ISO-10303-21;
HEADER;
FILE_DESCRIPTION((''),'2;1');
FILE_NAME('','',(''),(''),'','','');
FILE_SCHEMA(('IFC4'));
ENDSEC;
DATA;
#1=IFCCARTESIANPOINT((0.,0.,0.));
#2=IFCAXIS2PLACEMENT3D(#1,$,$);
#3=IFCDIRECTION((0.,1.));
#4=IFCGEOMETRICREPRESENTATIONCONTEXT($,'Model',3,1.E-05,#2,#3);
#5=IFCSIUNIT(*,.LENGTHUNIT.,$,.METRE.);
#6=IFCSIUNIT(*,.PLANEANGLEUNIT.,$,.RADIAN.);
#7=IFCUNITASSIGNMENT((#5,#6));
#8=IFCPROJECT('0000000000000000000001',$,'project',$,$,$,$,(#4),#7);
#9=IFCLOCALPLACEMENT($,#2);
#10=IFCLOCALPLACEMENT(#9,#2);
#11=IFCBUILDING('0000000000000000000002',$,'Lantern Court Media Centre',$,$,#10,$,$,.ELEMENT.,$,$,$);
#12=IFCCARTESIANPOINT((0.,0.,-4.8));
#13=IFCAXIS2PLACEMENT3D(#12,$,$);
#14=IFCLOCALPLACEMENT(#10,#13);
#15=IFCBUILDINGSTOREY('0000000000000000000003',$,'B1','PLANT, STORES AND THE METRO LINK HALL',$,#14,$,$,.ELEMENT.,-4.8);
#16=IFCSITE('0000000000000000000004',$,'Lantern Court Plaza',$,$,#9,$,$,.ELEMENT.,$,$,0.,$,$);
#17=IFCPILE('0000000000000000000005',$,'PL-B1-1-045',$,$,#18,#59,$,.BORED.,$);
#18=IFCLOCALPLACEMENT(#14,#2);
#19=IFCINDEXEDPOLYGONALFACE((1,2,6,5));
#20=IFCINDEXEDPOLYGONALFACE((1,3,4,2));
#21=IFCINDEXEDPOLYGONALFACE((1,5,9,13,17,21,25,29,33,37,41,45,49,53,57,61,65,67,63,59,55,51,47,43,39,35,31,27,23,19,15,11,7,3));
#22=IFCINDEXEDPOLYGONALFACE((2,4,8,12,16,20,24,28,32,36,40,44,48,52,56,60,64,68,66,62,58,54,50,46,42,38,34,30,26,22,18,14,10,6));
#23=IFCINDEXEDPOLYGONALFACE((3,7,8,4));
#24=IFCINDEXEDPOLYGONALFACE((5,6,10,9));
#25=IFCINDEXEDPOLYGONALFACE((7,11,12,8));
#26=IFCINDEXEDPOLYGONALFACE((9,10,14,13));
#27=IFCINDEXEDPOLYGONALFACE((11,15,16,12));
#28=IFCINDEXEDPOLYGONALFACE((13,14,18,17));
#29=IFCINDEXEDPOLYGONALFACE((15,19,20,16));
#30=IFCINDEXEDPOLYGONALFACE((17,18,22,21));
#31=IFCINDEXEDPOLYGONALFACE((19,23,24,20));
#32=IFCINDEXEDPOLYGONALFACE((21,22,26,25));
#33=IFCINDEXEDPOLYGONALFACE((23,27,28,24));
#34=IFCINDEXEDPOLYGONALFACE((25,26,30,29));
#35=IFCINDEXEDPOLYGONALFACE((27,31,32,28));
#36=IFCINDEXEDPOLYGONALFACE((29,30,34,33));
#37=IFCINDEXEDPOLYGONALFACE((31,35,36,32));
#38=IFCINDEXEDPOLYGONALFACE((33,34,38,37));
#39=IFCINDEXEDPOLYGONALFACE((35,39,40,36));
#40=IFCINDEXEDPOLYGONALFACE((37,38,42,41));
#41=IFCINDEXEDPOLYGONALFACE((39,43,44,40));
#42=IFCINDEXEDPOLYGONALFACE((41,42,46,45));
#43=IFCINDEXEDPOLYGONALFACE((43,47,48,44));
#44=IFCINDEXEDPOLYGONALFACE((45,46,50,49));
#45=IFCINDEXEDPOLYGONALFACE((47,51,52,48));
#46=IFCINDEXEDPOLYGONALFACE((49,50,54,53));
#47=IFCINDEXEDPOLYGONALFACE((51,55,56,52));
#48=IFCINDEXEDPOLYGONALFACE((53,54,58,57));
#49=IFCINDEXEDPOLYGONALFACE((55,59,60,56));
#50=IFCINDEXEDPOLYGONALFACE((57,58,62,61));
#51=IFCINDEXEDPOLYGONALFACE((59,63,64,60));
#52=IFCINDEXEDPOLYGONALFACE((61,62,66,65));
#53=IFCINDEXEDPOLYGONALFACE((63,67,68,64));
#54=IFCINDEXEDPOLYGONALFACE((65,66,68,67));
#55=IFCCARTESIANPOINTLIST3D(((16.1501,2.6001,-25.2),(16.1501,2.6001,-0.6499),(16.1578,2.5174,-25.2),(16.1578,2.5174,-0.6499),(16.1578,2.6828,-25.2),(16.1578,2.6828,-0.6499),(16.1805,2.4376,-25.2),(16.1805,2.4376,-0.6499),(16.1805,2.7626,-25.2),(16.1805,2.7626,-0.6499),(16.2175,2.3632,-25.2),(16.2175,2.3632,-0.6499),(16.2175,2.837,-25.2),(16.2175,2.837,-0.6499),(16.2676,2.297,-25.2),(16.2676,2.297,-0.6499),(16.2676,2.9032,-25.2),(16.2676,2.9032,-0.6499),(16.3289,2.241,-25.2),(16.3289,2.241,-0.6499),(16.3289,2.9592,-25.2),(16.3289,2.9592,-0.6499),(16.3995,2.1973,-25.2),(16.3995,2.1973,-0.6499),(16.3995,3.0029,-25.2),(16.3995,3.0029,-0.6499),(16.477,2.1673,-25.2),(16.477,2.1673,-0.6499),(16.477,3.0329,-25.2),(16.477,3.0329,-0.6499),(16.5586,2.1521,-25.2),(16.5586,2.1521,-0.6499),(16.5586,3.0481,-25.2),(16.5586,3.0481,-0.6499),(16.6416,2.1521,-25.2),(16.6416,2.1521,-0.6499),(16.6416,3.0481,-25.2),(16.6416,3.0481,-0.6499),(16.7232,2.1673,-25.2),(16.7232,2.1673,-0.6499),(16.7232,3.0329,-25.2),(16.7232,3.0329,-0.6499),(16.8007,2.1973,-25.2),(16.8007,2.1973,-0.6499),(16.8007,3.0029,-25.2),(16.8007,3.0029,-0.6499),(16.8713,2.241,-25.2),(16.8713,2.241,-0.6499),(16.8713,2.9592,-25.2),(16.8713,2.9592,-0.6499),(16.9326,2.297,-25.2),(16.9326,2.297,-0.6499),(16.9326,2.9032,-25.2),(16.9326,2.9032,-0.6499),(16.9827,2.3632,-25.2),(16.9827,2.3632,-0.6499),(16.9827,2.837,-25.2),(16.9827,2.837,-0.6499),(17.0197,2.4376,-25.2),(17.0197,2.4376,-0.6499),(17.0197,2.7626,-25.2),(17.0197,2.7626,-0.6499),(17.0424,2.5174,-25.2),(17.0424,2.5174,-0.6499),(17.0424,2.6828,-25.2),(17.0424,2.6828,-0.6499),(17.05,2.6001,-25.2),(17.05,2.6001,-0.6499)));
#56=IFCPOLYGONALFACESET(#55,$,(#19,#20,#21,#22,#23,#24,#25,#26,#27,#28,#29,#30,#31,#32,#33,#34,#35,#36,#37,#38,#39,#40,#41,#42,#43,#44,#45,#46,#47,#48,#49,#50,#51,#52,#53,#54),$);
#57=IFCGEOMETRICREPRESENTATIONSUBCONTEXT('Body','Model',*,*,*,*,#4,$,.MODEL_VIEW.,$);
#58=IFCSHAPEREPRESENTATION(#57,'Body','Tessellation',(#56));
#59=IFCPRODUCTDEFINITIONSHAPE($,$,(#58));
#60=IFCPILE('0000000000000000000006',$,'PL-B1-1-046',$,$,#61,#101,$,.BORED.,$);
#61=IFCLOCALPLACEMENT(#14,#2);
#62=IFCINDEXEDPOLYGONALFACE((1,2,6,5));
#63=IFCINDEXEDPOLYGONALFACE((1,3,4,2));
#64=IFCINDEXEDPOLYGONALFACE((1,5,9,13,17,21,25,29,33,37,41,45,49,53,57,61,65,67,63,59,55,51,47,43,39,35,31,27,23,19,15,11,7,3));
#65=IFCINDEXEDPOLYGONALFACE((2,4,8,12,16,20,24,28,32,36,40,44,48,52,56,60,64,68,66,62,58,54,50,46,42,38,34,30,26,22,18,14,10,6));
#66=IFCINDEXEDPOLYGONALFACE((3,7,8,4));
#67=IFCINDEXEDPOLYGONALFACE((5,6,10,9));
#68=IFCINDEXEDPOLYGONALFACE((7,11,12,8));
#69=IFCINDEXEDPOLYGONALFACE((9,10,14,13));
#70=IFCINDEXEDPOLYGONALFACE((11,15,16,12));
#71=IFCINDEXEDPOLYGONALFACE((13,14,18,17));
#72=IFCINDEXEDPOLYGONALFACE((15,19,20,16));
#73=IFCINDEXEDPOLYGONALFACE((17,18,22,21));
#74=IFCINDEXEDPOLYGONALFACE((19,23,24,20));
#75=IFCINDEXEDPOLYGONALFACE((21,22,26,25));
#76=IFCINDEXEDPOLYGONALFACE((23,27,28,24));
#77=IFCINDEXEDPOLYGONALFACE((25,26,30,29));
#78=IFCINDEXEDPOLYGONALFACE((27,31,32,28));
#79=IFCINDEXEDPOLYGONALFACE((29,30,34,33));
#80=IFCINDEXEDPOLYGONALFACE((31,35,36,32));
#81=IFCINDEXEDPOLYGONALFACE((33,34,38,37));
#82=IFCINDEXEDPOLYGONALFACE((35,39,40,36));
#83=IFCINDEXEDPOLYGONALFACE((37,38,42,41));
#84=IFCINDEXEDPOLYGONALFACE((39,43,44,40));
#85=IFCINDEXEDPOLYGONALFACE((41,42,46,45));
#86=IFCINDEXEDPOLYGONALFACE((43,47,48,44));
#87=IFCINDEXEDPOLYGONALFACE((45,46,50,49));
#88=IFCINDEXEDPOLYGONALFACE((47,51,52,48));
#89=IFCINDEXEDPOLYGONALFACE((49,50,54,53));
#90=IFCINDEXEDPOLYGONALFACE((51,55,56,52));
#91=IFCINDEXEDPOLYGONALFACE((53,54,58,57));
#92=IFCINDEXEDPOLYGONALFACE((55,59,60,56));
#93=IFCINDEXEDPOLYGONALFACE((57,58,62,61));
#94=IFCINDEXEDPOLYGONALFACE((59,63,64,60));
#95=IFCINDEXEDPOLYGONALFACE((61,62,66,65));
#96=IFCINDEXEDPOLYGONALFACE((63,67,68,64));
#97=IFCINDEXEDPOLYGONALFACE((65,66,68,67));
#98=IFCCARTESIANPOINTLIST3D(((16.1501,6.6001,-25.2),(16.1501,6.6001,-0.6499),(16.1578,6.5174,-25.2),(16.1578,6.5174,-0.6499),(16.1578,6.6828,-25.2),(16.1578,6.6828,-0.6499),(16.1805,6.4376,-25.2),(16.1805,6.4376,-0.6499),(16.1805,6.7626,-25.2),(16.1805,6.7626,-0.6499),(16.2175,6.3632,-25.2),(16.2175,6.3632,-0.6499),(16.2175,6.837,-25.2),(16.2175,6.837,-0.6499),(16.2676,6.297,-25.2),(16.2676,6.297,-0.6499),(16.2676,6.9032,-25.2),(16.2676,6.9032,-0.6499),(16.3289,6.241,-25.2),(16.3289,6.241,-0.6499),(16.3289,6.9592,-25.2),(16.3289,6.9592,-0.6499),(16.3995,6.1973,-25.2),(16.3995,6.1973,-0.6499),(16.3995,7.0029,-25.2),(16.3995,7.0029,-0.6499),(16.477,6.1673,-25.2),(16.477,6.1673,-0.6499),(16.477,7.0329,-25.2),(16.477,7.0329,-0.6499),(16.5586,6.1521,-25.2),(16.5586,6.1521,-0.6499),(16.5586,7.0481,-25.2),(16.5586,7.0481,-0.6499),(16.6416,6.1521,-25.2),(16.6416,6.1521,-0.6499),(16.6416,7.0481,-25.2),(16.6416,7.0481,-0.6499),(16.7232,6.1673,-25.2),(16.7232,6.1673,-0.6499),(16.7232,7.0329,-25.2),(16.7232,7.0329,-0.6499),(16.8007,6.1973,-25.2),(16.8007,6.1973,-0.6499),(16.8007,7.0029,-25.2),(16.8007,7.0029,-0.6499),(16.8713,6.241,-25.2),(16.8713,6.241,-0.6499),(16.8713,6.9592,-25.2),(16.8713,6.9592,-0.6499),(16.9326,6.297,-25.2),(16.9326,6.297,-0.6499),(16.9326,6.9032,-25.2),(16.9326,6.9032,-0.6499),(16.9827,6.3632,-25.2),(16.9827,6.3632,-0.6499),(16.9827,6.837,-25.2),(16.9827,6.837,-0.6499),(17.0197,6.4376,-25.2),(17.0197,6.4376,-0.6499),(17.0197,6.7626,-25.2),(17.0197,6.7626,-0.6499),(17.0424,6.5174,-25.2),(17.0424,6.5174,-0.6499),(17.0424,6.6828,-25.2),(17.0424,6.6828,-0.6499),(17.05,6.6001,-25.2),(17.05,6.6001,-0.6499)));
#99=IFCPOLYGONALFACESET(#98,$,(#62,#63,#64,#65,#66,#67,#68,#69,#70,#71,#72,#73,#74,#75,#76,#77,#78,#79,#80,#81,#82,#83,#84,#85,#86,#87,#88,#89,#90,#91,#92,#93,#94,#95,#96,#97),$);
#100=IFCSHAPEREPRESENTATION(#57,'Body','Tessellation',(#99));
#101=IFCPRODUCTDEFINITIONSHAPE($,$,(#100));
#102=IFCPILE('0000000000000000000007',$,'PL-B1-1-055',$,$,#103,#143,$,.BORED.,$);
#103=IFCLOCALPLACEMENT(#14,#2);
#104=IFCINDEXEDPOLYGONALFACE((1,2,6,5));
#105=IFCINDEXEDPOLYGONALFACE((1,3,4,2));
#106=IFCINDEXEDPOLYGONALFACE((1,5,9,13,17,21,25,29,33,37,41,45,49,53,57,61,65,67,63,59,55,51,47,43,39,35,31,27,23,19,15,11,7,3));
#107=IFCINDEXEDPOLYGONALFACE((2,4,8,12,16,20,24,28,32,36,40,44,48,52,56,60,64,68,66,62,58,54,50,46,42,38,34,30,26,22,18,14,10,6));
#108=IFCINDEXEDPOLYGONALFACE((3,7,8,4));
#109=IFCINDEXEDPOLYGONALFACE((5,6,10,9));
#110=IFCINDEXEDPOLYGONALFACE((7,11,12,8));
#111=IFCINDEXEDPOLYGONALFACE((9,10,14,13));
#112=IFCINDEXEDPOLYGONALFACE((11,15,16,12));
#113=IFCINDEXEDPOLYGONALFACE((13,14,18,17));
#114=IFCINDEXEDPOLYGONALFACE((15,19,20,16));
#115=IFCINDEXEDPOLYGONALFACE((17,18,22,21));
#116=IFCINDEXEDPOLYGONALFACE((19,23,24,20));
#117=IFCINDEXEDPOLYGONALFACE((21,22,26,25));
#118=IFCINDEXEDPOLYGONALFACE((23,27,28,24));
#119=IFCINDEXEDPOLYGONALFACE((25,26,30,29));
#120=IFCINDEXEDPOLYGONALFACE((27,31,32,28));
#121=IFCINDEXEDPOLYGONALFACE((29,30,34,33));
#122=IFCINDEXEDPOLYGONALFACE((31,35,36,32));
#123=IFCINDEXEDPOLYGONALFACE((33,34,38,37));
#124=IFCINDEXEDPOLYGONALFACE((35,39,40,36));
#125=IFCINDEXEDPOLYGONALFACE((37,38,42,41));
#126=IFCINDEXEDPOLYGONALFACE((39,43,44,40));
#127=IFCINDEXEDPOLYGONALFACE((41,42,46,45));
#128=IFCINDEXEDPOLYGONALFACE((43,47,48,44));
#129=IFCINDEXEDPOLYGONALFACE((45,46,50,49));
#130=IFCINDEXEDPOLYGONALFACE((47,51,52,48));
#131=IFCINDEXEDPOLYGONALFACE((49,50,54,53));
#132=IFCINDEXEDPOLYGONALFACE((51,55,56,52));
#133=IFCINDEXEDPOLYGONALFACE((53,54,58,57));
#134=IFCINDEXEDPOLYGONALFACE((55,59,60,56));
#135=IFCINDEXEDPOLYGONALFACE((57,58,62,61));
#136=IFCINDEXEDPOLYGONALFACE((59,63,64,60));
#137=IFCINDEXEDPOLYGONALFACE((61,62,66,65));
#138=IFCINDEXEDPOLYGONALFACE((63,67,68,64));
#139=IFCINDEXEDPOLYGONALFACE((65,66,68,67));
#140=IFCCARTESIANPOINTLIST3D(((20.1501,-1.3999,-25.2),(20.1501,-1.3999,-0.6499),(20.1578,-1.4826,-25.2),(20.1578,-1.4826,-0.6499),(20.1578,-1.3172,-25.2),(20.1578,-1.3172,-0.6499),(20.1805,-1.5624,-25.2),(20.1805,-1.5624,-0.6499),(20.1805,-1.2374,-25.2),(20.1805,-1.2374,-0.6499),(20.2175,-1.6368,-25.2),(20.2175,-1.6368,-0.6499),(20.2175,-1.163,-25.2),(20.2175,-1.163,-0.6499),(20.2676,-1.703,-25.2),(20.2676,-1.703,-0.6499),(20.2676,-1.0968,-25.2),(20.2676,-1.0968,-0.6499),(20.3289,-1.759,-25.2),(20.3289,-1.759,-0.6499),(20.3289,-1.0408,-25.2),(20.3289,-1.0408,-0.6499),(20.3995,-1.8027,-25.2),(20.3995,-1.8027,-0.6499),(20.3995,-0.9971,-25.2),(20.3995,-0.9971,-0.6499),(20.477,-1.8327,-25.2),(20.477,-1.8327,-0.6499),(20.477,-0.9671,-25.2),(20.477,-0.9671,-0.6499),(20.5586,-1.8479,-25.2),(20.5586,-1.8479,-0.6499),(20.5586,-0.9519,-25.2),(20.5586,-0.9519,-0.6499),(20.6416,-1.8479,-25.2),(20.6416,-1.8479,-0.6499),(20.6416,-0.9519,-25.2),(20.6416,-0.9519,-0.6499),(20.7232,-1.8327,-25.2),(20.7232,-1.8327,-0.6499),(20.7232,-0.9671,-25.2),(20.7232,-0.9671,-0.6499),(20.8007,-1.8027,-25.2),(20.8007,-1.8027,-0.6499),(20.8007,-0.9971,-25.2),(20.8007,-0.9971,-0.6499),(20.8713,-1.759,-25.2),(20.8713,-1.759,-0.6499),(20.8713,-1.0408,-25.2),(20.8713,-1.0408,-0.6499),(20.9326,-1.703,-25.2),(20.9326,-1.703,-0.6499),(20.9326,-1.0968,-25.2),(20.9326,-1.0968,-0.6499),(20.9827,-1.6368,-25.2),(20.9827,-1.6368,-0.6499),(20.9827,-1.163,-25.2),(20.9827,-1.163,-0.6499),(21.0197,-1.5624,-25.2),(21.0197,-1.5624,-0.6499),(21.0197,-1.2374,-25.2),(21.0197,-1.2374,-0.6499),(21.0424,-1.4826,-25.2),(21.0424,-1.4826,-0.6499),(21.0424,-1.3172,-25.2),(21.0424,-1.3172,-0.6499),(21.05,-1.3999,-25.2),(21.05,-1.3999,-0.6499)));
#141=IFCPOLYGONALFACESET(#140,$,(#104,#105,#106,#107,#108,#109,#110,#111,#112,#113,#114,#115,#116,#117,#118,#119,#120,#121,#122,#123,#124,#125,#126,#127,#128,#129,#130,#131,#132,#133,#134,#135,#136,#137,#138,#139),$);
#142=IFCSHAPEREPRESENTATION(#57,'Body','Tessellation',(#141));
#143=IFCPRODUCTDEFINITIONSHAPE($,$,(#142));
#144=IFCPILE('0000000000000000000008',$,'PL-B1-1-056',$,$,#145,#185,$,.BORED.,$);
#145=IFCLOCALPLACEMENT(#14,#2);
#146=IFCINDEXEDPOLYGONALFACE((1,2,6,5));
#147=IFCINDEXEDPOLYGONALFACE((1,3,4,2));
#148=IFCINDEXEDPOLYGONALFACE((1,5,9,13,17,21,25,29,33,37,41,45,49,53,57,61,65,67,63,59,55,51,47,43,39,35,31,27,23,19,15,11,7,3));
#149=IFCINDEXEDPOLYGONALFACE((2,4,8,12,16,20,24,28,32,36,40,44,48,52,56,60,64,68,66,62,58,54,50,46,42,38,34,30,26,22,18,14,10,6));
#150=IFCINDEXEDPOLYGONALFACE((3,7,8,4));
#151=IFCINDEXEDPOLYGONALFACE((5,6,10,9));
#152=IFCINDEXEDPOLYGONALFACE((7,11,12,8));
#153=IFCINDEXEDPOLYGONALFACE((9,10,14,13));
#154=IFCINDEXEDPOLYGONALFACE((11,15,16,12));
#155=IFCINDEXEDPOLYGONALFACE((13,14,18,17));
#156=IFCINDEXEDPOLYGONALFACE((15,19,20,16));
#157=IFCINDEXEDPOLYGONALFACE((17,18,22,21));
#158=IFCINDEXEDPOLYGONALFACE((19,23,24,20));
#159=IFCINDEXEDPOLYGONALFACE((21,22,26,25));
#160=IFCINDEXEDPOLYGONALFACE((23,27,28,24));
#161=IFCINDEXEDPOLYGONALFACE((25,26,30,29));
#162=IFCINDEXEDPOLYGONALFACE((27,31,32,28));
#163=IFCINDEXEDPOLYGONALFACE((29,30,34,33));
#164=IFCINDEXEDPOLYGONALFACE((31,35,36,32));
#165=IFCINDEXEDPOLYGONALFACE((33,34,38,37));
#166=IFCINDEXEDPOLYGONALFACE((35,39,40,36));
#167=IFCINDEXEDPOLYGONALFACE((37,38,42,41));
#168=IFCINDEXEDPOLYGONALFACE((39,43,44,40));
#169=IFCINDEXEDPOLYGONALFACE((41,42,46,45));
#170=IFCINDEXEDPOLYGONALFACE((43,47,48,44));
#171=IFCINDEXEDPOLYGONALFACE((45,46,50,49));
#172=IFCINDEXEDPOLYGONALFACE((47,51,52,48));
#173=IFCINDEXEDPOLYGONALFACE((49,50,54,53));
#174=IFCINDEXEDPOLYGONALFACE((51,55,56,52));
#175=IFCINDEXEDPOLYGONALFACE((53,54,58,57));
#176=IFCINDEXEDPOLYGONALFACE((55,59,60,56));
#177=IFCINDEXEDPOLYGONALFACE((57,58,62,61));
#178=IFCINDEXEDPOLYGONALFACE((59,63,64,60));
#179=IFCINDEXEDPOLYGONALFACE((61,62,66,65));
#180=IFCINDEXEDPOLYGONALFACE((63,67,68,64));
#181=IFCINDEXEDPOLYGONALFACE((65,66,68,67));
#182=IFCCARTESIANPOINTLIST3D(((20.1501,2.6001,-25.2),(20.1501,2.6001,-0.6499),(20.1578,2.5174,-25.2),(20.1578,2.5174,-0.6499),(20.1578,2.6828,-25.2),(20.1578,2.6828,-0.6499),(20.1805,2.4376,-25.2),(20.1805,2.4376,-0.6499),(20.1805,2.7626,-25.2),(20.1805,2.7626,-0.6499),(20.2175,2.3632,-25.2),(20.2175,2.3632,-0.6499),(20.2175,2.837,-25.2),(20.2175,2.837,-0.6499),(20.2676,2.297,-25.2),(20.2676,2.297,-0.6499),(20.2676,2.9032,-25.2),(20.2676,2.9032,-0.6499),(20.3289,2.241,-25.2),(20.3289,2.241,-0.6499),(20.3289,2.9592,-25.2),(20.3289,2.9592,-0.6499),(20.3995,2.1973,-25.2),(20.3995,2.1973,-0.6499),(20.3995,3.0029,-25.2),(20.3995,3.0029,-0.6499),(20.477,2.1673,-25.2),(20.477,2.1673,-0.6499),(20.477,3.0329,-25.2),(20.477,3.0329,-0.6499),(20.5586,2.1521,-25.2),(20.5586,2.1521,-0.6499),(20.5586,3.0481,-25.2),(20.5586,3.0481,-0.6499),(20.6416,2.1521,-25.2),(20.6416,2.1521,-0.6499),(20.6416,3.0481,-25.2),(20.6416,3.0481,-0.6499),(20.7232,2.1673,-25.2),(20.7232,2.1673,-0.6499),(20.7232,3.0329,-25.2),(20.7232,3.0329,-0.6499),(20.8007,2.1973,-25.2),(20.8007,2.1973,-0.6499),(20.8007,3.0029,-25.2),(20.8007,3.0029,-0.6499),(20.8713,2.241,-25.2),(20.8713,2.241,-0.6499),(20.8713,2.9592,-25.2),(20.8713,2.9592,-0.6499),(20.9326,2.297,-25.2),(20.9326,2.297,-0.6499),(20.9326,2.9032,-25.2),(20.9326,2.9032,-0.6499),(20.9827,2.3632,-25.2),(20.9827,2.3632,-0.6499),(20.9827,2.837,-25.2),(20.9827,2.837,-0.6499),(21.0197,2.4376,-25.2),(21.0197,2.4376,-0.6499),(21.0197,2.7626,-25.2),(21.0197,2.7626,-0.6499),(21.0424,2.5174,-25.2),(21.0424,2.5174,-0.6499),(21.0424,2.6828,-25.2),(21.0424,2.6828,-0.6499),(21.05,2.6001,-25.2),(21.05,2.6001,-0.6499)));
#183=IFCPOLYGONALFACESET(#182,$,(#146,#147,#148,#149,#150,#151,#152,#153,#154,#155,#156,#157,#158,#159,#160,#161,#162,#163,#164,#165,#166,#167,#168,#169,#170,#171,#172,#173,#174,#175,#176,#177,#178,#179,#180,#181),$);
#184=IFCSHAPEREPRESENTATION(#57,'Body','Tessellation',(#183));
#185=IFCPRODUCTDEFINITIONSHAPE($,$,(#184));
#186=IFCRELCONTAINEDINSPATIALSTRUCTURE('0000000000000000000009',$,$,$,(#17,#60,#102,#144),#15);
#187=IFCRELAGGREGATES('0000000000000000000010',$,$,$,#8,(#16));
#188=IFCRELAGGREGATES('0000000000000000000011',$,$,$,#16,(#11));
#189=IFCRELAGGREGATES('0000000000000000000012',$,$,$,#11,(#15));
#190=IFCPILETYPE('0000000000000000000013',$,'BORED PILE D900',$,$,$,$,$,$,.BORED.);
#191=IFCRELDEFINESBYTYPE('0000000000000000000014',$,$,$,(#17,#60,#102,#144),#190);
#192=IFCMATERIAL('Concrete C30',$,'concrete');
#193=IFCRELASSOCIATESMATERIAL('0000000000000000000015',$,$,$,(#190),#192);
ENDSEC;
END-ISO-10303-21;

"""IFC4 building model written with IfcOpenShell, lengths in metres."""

from ifc_helpers import new_model, si_unit, direction, frame, origin, origin_2d, place, context, subcontext, project, spatial, circle, extrude, material, material_profile, profile_set, type_object, element, save


model = new_model("IFC4")

# Units and contexts
model_context = context("Model", 3, precision=1e-05, world=origin(), true_north=direction((0.0, 1.0)))
body_context = subcontext(model_context, "Body", "Model", "MODEL_VIEW")
ifc_project = project(units=[si_unit("LENGTHUNIT", "METRE"), si_unit("PLANEANGLEUNIT", "RADIAN")], contexts=[model_context])

# Site, building, storey
site_placement = place(None, origin())
site = spatial("IfcSite", under=ifc_project, at=site_placement, Name="Lantern Court Plaza", CompositionType="ELEMENT", RefElevation=0.0)
building_placement = place(site_placement, origin())
building = spatial("IfcBuilding", under=site, at=building_placement, Name="Lantern Court Media Centre", CompositionType="ELEMENT")
storey_placement = place(building_placement, frame((0.0, 0.0, -4.8)))
storey = spatial("IfcBuildingStorey", under=building, at=storey_placement, Name="B1", Description="PLANT, STORES AND THE METRO LINK HALL", CompositionType="ELEMENT", Elevation=-4.8)

# Piles
ifc_material_1 = material(Name="Concrete C30", Category="concrete")
ifc_material_profile_1 = material_profile(ifc_material_1, circle(Radius=0.45, at=origin_2d()), Name="D900")
ifc_profile_set_1 = profile_set([ifc_material_profile_1], Name="Concrete C30")
pile_type = type_object("IfcPileType", Name="BORED PILE D900", PredefinedType="BORED", material=ifc_profile_set_1)
for number, where, z_axis, x_axis, name in (
    (1, (16.6001, 2.6001, -0.6499), (0.0, 0.0, -1.0), (1.0, 0.0, 0.0), "PL-B1-1-045"),
    (2, (16.6001, 6.6001, -0.6499), (0.0, 0.0, -1.0), (1.0, 0.0, 0.0), "PL-B1-1-046"),
    (3, (20.6001, -1.3999, -0.6499), (0.0, 0.0, -1.0), (1.0, 0.0, 0.0), "PL-B1-1-055"),
    (4, (20.6001, 2.6001, -0.6499), (0.0, 0.0, -1.0), (1.0, 0.0, 0.0), "PL-B1-1-056"),
):
    element("IfcPile", number, at=place(storey_placement, frame(where, z_axis=z_axis, x_axis=x_axis)), inside=storey, type_object=pile_type, Name=name, PredefinedType="BORED", context=body_context, shape_type="SweptSolid", body=[
        extrude(circle(Radius=0.45, at=origin_2d()), origin(), (0.0, 0.0, 1.0), 24.55),
    ])

save(model, "model.ifc")
